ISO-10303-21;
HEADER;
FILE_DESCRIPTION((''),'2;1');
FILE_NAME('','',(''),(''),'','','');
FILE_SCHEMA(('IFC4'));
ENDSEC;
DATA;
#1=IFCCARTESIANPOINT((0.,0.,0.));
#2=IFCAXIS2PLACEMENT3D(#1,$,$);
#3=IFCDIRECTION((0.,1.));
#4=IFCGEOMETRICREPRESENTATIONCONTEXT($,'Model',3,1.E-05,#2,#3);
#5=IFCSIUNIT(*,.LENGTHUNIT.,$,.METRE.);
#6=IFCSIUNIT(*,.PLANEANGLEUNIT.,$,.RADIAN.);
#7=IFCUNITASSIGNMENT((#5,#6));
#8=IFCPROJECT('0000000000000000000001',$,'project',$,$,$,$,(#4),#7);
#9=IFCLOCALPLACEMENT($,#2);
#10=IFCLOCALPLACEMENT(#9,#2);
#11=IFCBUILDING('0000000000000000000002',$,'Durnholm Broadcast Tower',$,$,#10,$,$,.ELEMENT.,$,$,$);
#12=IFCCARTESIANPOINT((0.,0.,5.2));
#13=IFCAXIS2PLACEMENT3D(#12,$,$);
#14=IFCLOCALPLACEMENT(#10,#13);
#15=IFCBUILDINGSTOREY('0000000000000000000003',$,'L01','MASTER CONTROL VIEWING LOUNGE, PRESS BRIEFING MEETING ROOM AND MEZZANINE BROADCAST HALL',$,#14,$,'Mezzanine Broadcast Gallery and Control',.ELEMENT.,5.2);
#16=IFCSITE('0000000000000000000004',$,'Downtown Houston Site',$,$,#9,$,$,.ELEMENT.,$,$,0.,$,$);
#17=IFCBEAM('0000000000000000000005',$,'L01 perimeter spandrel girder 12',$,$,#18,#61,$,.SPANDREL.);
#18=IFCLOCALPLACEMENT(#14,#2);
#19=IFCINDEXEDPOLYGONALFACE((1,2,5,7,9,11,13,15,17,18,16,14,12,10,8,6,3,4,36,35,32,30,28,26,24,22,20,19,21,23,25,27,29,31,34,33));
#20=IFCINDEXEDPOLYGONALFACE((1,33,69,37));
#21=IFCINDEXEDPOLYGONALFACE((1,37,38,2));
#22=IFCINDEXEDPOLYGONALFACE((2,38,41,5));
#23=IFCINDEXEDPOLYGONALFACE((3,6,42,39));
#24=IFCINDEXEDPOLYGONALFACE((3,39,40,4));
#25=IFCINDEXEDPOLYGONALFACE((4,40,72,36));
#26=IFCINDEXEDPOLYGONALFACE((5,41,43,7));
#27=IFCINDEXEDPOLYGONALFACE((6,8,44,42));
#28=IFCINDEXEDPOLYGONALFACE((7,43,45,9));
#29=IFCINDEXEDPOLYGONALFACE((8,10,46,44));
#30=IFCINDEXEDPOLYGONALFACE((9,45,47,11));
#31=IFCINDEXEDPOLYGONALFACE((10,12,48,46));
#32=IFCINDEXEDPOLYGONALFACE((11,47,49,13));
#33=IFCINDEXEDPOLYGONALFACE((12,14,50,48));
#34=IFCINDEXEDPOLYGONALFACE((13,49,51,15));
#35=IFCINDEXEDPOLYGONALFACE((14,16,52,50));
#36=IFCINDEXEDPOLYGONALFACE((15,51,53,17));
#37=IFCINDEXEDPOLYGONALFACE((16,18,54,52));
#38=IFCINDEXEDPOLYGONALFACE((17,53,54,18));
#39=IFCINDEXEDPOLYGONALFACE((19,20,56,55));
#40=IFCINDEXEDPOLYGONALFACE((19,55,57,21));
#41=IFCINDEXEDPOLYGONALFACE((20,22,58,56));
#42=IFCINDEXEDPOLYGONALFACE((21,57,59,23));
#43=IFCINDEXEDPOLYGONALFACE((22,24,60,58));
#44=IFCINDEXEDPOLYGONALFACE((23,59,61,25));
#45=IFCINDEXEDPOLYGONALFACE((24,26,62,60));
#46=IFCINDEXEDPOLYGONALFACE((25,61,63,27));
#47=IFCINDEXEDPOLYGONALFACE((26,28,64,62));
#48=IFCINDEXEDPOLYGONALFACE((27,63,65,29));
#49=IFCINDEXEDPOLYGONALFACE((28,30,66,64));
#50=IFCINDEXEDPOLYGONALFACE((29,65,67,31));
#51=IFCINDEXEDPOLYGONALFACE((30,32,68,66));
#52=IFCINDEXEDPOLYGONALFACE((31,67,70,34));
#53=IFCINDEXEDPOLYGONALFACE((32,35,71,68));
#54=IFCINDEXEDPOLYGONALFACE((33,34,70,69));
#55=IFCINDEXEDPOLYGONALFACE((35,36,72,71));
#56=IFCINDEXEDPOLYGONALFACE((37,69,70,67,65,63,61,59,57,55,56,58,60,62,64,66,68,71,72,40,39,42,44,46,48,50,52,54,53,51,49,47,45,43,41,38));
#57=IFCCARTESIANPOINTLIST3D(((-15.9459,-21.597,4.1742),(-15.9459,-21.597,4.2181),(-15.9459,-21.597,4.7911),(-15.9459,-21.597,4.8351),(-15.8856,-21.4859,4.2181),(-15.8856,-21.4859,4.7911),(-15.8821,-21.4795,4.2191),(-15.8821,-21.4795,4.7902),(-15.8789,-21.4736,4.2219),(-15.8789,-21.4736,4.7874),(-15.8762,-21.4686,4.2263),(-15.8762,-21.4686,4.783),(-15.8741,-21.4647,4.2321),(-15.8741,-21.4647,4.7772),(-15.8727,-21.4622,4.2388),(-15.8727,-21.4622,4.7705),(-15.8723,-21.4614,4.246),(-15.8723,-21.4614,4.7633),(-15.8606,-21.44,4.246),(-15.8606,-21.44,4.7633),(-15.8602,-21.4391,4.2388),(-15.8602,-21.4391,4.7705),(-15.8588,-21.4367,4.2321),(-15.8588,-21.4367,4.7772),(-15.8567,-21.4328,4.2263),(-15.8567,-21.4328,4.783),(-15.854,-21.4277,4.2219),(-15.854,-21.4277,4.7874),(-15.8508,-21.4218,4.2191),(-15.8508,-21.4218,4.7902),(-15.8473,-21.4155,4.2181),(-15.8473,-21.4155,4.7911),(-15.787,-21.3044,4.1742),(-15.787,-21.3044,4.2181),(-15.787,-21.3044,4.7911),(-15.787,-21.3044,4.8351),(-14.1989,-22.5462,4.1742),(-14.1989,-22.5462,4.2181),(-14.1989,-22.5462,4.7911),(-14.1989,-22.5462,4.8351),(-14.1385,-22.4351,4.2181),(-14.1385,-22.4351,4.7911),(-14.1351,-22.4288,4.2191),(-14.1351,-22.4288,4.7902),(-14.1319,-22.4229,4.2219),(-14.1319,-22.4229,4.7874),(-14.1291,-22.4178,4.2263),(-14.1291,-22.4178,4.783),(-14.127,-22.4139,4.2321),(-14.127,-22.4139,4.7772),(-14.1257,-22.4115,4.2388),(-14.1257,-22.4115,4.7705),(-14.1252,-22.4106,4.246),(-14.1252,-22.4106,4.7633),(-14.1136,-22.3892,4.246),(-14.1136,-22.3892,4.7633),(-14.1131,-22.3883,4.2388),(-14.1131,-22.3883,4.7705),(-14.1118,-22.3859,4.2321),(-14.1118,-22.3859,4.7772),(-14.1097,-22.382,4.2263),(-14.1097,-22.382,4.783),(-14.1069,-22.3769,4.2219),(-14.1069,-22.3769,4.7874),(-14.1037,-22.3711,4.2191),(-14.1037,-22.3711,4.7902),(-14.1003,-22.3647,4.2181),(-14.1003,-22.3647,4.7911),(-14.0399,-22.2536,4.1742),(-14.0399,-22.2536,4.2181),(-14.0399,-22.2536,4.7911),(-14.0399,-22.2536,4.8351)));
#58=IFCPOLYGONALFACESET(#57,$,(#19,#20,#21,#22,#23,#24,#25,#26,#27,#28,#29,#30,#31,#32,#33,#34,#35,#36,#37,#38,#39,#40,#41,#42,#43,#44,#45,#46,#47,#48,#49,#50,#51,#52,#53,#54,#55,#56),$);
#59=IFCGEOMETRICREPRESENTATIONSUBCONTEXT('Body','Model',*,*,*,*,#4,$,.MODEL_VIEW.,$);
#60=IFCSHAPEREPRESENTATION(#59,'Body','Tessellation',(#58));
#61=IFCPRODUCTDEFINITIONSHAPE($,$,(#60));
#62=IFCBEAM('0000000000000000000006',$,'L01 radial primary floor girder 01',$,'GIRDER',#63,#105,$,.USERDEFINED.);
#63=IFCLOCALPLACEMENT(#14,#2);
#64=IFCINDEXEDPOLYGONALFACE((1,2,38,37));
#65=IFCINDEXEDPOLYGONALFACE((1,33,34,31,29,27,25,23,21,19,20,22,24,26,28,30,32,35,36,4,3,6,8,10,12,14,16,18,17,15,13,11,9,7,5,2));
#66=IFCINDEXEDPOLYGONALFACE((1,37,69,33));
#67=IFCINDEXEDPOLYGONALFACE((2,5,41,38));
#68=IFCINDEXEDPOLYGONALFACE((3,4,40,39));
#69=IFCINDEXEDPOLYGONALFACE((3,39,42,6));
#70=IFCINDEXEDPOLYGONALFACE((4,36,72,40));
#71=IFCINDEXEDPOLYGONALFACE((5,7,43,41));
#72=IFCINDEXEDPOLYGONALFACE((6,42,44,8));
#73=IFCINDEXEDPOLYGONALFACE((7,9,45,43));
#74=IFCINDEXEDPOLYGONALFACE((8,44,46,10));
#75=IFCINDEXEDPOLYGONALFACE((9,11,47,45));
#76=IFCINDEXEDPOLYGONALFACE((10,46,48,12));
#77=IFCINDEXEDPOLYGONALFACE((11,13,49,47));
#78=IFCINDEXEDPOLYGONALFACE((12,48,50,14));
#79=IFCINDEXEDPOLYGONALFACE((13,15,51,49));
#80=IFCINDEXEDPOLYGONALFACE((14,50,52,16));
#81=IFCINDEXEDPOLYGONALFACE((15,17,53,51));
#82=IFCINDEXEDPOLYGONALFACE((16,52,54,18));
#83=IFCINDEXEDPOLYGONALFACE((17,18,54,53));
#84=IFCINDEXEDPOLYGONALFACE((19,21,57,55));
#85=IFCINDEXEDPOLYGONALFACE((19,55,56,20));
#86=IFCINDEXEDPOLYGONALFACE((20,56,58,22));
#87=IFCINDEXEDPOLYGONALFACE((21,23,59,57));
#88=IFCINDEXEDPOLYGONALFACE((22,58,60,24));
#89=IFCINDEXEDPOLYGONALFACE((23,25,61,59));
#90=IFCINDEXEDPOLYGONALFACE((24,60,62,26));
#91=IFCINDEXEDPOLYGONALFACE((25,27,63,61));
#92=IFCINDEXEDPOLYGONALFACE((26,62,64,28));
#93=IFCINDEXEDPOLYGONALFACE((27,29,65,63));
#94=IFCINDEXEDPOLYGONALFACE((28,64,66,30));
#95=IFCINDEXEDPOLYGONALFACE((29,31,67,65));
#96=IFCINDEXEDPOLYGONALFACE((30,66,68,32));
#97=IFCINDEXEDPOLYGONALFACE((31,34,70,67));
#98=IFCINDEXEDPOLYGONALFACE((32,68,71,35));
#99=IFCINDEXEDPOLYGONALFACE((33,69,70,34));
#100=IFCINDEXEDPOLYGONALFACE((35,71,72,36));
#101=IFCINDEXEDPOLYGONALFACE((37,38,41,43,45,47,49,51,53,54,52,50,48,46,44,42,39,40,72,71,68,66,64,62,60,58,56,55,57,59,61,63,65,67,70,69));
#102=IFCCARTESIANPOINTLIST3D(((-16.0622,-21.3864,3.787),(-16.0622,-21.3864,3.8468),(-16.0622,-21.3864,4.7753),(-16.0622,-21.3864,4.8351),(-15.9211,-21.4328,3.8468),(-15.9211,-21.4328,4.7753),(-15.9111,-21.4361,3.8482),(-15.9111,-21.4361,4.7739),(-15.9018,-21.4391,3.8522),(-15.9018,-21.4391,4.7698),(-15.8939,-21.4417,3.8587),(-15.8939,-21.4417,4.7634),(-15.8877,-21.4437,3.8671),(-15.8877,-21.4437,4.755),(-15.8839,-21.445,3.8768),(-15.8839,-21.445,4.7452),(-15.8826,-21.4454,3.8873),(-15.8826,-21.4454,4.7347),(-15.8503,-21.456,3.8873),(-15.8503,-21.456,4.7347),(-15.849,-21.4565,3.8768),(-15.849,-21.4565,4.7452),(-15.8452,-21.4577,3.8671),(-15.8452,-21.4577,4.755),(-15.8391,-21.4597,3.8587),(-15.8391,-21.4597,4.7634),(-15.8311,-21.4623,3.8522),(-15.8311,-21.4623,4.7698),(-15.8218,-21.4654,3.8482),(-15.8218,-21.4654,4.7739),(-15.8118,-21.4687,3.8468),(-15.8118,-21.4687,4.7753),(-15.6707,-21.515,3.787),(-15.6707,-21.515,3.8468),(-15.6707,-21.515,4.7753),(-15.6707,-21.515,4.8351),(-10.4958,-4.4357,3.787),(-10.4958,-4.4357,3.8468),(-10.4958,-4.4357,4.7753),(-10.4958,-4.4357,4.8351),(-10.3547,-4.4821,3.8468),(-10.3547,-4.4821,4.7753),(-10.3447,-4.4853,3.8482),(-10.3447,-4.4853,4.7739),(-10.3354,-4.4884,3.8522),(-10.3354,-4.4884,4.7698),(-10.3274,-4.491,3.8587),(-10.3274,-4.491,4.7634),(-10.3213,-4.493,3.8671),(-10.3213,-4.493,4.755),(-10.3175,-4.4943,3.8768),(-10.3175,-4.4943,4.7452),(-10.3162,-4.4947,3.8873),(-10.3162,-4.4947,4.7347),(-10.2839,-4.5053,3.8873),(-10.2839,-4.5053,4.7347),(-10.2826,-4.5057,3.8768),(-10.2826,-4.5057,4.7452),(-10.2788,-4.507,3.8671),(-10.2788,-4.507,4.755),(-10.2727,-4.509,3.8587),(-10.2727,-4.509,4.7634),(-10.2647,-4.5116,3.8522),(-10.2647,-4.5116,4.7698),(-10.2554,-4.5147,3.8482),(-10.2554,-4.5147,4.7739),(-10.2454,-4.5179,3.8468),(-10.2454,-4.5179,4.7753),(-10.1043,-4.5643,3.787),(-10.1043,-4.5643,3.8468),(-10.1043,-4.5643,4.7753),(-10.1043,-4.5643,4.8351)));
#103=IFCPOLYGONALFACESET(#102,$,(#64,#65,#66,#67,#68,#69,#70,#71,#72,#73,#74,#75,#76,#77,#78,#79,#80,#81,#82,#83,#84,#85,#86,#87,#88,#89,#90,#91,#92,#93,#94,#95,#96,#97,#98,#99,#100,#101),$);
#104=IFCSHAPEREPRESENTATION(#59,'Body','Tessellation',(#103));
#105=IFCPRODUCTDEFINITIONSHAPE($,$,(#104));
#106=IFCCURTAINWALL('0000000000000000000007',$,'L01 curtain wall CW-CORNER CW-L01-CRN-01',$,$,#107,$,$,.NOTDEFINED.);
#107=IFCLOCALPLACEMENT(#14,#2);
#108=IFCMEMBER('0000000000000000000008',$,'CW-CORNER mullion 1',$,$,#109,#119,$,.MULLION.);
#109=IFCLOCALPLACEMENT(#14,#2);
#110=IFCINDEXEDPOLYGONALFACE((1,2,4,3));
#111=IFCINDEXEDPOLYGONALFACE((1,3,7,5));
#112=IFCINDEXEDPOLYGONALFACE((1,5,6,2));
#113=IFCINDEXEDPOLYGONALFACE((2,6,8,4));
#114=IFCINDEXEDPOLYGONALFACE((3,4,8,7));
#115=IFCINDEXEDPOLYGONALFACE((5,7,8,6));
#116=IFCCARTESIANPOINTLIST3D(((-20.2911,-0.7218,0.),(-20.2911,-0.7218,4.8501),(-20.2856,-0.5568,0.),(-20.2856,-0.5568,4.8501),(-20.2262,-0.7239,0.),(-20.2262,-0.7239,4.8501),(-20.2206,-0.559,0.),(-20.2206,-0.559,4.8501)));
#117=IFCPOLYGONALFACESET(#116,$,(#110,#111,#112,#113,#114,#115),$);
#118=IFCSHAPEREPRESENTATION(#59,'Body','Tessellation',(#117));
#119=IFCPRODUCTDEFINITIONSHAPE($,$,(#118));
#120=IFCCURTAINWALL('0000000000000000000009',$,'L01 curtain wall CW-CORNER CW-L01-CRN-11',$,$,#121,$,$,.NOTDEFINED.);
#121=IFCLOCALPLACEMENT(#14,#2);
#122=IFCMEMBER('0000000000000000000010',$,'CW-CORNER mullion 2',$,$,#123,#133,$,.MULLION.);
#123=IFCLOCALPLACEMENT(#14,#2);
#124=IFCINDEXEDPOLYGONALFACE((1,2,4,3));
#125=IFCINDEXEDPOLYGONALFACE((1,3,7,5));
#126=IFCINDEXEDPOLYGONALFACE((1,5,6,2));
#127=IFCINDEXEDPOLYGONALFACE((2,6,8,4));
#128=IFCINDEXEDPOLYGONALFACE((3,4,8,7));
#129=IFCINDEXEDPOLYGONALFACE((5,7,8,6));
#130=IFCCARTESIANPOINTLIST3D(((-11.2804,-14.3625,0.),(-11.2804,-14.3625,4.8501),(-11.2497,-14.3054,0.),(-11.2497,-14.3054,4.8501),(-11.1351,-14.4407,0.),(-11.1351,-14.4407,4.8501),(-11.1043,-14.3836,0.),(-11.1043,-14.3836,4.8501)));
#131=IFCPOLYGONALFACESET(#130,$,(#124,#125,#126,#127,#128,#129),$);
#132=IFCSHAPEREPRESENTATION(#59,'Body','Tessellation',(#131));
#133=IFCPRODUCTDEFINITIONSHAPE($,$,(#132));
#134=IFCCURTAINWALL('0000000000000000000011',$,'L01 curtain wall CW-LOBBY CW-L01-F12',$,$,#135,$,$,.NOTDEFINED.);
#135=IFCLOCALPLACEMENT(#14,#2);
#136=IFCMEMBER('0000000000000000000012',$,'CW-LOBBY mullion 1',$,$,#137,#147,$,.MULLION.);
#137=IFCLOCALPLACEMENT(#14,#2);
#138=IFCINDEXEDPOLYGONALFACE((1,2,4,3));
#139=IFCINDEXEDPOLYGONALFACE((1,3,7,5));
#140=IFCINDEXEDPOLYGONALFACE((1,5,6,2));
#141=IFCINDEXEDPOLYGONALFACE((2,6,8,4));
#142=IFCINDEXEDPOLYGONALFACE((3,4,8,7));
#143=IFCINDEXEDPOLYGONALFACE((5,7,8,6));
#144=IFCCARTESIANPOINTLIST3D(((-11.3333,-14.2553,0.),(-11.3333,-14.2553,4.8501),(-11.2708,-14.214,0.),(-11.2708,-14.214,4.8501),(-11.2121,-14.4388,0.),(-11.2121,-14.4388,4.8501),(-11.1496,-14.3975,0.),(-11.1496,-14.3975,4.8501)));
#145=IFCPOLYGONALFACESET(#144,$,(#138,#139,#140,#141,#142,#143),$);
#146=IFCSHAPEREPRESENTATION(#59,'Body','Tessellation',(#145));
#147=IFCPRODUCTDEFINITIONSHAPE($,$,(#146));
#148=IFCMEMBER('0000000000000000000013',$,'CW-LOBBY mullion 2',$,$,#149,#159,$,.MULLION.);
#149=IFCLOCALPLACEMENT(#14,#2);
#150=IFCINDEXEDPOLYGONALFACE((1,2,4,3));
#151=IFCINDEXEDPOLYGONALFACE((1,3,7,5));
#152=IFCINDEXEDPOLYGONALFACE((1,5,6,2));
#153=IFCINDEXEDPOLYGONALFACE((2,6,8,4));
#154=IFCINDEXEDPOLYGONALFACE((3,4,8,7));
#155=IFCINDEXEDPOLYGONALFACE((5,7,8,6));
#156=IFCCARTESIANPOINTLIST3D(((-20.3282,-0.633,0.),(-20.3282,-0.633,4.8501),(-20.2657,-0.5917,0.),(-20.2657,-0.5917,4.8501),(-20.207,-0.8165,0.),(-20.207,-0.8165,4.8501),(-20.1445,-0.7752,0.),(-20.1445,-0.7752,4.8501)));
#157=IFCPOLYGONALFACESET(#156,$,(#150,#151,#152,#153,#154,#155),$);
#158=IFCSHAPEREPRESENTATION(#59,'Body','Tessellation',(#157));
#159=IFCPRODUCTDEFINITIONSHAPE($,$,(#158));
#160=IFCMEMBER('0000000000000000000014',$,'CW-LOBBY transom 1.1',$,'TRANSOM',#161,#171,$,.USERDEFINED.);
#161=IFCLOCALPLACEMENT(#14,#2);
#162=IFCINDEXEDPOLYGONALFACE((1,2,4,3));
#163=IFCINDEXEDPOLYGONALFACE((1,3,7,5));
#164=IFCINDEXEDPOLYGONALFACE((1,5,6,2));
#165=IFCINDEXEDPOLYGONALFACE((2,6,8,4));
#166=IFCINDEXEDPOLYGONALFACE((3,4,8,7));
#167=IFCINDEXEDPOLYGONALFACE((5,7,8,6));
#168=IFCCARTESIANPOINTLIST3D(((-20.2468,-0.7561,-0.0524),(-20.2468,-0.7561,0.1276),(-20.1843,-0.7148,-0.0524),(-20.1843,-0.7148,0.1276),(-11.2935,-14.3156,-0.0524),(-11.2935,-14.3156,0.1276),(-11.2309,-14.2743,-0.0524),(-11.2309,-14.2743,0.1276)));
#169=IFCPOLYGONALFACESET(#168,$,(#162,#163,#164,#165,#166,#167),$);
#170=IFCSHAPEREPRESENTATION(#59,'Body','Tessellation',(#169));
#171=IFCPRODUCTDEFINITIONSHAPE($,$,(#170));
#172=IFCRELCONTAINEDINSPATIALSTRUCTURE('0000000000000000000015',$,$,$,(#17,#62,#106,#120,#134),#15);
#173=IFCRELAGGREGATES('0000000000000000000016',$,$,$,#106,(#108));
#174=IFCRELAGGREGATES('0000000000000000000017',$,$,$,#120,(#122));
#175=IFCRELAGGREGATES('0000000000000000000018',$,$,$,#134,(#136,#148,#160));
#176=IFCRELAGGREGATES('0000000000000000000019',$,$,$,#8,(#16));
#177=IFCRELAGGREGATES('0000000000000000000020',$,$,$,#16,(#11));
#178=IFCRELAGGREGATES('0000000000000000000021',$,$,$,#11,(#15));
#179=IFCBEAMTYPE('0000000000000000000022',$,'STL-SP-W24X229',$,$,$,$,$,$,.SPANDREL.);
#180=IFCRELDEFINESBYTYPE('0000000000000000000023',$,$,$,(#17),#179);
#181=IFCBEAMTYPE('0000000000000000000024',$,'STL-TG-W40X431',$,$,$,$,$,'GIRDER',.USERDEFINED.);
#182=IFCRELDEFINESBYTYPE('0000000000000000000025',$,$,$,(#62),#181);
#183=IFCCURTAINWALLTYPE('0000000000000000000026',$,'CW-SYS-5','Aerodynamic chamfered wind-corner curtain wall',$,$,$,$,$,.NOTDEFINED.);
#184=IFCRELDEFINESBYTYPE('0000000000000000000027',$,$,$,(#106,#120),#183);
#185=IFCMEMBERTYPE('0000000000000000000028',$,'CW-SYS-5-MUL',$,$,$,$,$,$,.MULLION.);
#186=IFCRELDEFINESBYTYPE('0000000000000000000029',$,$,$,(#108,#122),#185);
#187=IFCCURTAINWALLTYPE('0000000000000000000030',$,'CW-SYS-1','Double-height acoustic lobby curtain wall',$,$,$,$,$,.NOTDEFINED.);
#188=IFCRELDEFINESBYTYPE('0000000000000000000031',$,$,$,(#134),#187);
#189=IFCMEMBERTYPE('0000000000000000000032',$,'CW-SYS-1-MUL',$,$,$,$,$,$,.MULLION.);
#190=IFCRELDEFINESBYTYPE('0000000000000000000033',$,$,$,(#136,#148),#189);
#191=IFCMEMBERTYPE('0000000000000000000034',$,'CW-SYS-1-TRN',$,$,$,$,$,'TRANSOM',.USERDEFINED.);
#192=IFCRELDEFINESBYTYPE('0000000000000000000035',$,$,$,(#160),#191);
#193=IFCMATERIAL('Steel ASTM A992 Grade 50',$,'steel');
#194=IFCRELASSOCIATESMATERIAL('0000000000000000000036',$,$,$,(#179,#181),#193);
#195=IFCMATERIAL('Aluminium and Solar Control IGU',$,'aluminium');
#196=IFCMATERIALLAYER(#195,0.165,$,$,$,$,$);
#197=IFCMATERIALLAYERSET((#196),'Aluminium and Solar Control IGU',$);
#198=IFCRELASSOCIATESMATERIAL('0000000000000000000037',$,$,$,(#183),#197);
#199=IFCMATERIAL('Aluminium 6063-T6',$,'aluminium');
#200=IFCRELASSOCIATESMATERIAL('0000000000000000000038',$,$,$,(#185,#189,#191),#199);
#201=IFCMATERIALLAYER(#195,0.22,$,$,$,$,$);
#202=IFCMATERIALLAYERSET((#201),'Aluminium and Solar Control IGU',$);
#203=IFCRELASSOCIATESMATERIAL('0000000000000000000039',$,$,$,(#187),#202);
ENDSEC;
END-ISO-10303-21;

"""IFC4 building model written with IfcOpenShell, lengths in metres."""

from ifc_helpers import new_model, si_unit, direction, frame, origin, origin_2d, place, context, subcontext, project, spatial, rectangle, i_section, extrude, source, transform, mapped, material, layer, layer_set, material_profile, profile_set, type_object, type_shapes, element, aggregate, save


model = new_model("IFC4")

# Units and contexts
model_context = context("Model", 3, precision=1e-05, world=origin(), true_north=direction((0.0, 1.0)))
body_context = subcontext(model_context, "Body", "Model", "MODEL_VIEW")
ifc_project = project(units=[si_unit("LENGTHUNIT", "METRE"), si_unit("PLANEANGLEUNIT", "RADIAN")], contexts=[model_context])

# Site, building, storey
site_placement = place(None, origin())
site = spatial("IfcSite", under=ifc_project, at=site_placement, Name="Downtown Houston Site", CompositionType="ELEMENT", RefElevation=0.0)
building_placement = place(site_placement, origin())
building = spatial("IfcBuilding", under=site, at=building_placement, Name="Durnholm Broadcast Tower", CompositionType="ELEMENT")
storey_placement = place(building_placement, frame((0.0, 0.0, 5.2)))
storey = spatial("IfcBuildingStorey", under=building, at=storey_placement, Name="L01", Description="MASTER CONTROL VIEWING LOUNGE, PRESS BRIEFING MEETING ROOM AND MEZZANINE BROADCAST HALL", LongName="Mezzanine Broadcast Gallery and Control", CompositionType="ELEMENT", Elevation=5.2)

# Shared definitions
ifc_material_1 = material(Name="Steel ASTM A992 Grade 50", Category="steel")

# Beams
ifc_material_profile_1 = material_profile(ifc_material_1, i_section(OverallWidth=0.333, OverallDepth=0.6609, WebThickness=0.0244, FlangeThickness=0.0439, FilletRadius=0.0278, at=origin_2d()), Name="W24X229")
ifc_profile_set_1 = profile_set([ifc_material_profile_1], Name="Steel ASTM A992 Grade 50")
beam_type_1 = type_object("IfcBeamType", Name="STL-SP-W24X229", PredefinedType="SPANDREL", material=ifc_profile_set_1)
shared_shape_1 = source(origin(), body_context, "Body", "SweptSolid", [
    extrude(i_section(OverallWidth=0.333, OverallDepth=0.6609, WebThickness=0.0244, FlangeThickness=0.0439, FilletRadius=0.0278, at=origin_2d()), origin(), (0.0, 0.0, 1.0), 1.9883),
])
beam_1_placement = place(storey_placement, frame((-14.1194, -22.3999, 4.5046), z_axis=(-0.878683, 0.477406, 0.0), x_axis=(-0.477406, -0.878683, 0.0)))
element("IfcBeam", 1, at=beam_1_placement, inside=storey, type_object=beam_type_1, Name="L01 perimeter spandrel girder 12", PredefinedType="SPANDREL", context=body_context, shape_type="MappedRepresentation", body=[
    mapped(shared_shape_1, transform((0.0, 0.0, 0.0), x_axis=(1.0, 0.0, 0.0), y_axis=(0.0, 1.0, 0.0), z_axis=(0.0, 0.0, 1.0), scale=1.0)),
])
ifc_material_profile_2 = material_profile(ifc_material_1, i_section(OverallWidth=0.4121, OverallDepth=1.0481, WebThickness=0.0339, FlangeThickness=0.0598, FilletRadius=0.0405, at=origin_2d()), Name="W40X431")
ifc_profile_set_2 = profile_set([ifc_material_profile_2], Name="Steel ASTM A992 Grade 50")
beam_type_2 = type_object("IfcBeamType", Name="STL-TG-W40X431", ElementType="GIRDER", PredefinedType="USERDEFINED", material=ifc_profile_set_2)
shared_shape_2 = source(origin(), body_context, "Body", "SweptSolid", [
    extrude(i_section(OverallWidth=0.4121, OverallDepth=1.0481, WebThickness=0.0339, FlangeThickness=0.0598, FilletRadius=0.0405, at=origin_2d()), origin(), (0.0, 0.0, 1.0), 17.8413),
])
type_shapes(beam_type_2, [shared_shape_2])
beam_2_placement = place(storey_placement, frame((-10.3, -4.5, 4.311), z_axis=(-0.311996, -0.950083, 0.0), x_axis=(0.950083, -0.311996, 0.0)))
element("IfcBeam", 2, at=beam_2_placement, inside=storey, type_object=beam_type_2, Name="L01 radial primary floor girder 01", ObjectType="GIRDER", PredefinedType="USERDEFINED", context=body_context, shape_type="MappedRepresentation", body=[
    mapped(shared_shape_2, transform((0.0, 0.0, 0.0), x_axis=(1.0, 0.0, 0.0), y_axis=(0.0, 1.0, 0.0), z_axis=(0.0, 0.0, 1.0), scale=1.0)),
])

# Curtain walls, members
ifc_material_2 = material(Name="Aluminium and Solar Control IGU", Category="aluminium")
ifc_layer_1 = layer(ifc_material_2, 0.165)
ifc_layer_set_1 = layer_set([ifc_layer_1], Name="Aluminium and Solar Control IGU")
curtain_wall_type_1 = type_object("IfcCurtainWallType", Name="CW-SYS-5", Description="Aerodynamic chamfered wind-corner curtain wall", PredefinedType="NOTDEFINED", material=ifc_layer_set_1)
curtain_wall_1_placement = place(storey_placement, origin())
curtain_wall_1 = element("IfcCurtainWall", 3, at=curtain_wall_1_placement, inside=storey, type_object=curtain_wall_type_1, Name="L01 curtain wall CW-CORNER CW-L01-CRN-01", PredefinedType="NOTDEFINED")
ifc_material_3 = material(Name="Aluminium 6063-T6", Category="aluminium")
ifc_material_profile_3 = material_profile(ifc_material_3, rectangle(XDim=0.0649, YDim=0.165, at=origin_2d()), Name="CWM65X165")
ifc_profile_set_3 = profile_set([ifc_material_profile_3], Name="Aluminium 6063-T6")
member_type_1 = type_object("IfcMemberType", Name="CW-SYS-5-MUL", PredefinedType="MULLION", material=ifc_profile_set_3)
shared_shape_3 = source(origin(), body_context, "Body", "SweptSolid", [
    extrude(rectangle(XDim=0.0649, YDim=0.165, at=origin_2d()), origin(), (0.0, 0.0, 1.0), 4.8501),
])
type_shapes(member_type_1, [shared_shape_3])
member_1_placement = place(storey_placement, frame((-20.2559, -0.6404, 0.0), z_axis=(0.0, 0.0, 1.0), x_axis=(-0.999442, 0.03341, 0.0)))
member_1 = element("IfcMember", 4, at=member_1_placement, type_object=member_type_1, Name="CW-CORNER mullion 1", PredefinedType="MULLION", context=body_context, shape_type="MappedRepresentation", body=[
    mapped(shared_shape_3, transform((0.0, 0.0, 0.0), x_axis=(1.0, 0.0, 0.0), y_axis=(0.0, 1.0, 0.0), z_axis=(0.0, 0.0, 1.0), scale=1.0)),
])
aggregate(curtain_wall_1, [member_1])
curtain_wall_2_placement = place(storey_placement, origin())
curtain_wall_2 = element("IfcCurtainWall", 5, at=curtain_wall_2_placement, inside=storey, type_object=curtain_wall_type_1, Name="L01 curtain wall CW-CORNER CW-L01-CRN-11", PredefinedType="NOTDEFINED")
member_2_placement = place(storey_placement, frame((-11.1924, -14.373, 0.0), z_axis=(0.0, 0.0, 1.0), x_axis=(-0.473812, -0.880626, 0.0)))
member_2 = element("IfcMember", 6, at=member_2_placement, type_object=member_type_1, Name="CW-CORNER mullion 2", PredefinedType="MULLION", context=body_context, shape_type="MappedRepresentation", body=[
    mapped(shared_shape_3, transform((0.0, 0.0, 0.0), x_axis=(1.0, 0.0, 0.0), y_axis=(0.0, 1.0, 0.0), z_axis=(0.0, 0.0, 1.0), scale=1.0)),
])

# Curtain wall, members
ifc_layer_2 = layer(ifc_material_2, 0.22)
ifc_layer_set_2 = layer_set([ifc_layer_2], Name="Aluminium and Solar Control IGU")
curtain_wall_type_2 = type_object("IfcCurtainWallType", Name="CW-SYS-1", Description="Double-height acoustic lobby curtain wall", PredefinedType="NOTDEFINED", material=ifc_layer_set_2)
curtain_wall_3_placement = place(storey_placement, origin())
curtain_wall_3 = element("IfcCurtainWall", 7, at=curtain_wall_3_placement, inside=storey, type_object=curtain_wall_type_2, Name="L01 curtain wall CW-LOBBY CW-L01-F12", PredefinedType="NOTDEFINED")
ifc_material_profile_4 = material_profile(ifc_material_3, rectangle(XDim=0.075, YDim=0.22, at=origin_2d()), Name="CWM75X220")
ifc_profile_set_4 = profile_set([ifc_material_profile_4], Name="Aluminium 6063-T6")
member_type_2 = type_object("IfcMemberType", Name="CW-SYS-1-MUL", PredefinedType="MULLION", material=ifc_profile_set_4)
shared_shape_4 = source(origin(), body_context, "Body", "SweptSolid", [
    extrude(rectangle(XDim=0.075, YDim=0.22, at=origin_2d()), origin(), (0.0, 0.0, 1.0), 4.8501),
])
type_shapes(member_type_2, [shared_shape_4])
member_3_placement = place(storey_placement, frame((-11.2415, -14.3264, 0.0), z_axis=(0.0, 0.0, 1.0), x_axis=(-0.834496, -0.551013, 0.0)))
member_3 = element("IfcMember", 8, at=member_3_placement, type_object=member_type_2, Name="CW-LOBBY mullion 1", PredefinedType="MULLION", context=body_context, shape_type="MappedRepresentation", body=[
    mapped(shared_shape_4, transform((0.0, 0.0, 0.0), x_axis=(1.0, 0.0, 0.0), y_axis=(0.0, 1.0, 0.0), z_axis=(0.0, 0.0, 1.0), scale=1.0)),
])
member_4_placement = place(storey_placement, frame((-20.2363, -0.7041, 0.0), z_axis=(0.0, 0.0, 1.0), x_axis=(-0.834496, -0.551013, 0.0)))
member_4 = element("IfcMember", 9, at=member_4_placement, type_object=member_type_2, Name="CW-LOBBY mullion 2", PredefinedType="MULLION", context=body_context, shape_type="MappedRepresentation", body=[
    mapped(shared_shape_4, transform((0.0, 0.0, 0.0), x_axis=(1.0, 0.0, 0.0), y_axis=(0.0, 1.0, 0.0), z_axis=(0.0, 0.0, 1.0), scale=1.0)),
])
ifc_material_profile_5 = material_profile(ifc_material_3, rectangle(XDim=0.075, YDim=0.1799, at=origin_2d()), Name="CWT75X180")
ifc_profile_set_5 = profile_set([ifc_material_profile_5], Name="Aluminium 6063-T6")
member_type_3 = type_object("IfcMemberType", Name="CW-SYS-1-TRN", ElementType="TRANSOM", PredefinedType="USERDEFINED", material=ifc_profile_set_5)
shared_shape_5 = source(origin(), body_context, "Body", "SweptSolid", [
    extrude(rectangle(XDim=0.075, YDim=0.1799, at=origin_2d()), origin(), (0.0, 0.0, 1.0), 16.2488),
])
type_shapes(member_type_3, [shared_shape_5])
member_5_placement = place(storey_placement, frame((-11.2622, -14.2949, 0.0376), z_axis=(-0.551016, 0.834495, 0.0), x_axis=(-0.834495, -0.551016, 0.0)))
member_5 = element("IfcMember", 10, at=member_5_placement, type_object=member_type_3, Name="CW-LOBBY transom 1.1", ObjectType="TRANSOM", PredefinedType="USERDEFINED", context=body_context, shape_type="MappedRepresentation", body=[
    mapped(shared_shape_5, transform((0.0, 0.0, 0.0), x_axis=(1.0, 0.0, 0.0), y_axis=(0.0, 1.0, 0.0), z_axis=(0.0, 0.0, 1.0), scale=1.0)),
])

aggregate(curtain_wall_2, [member_2])
aggregate(curtain_wall_3, [member_3, member_4, member_5])

save(model, "model.ifc")
